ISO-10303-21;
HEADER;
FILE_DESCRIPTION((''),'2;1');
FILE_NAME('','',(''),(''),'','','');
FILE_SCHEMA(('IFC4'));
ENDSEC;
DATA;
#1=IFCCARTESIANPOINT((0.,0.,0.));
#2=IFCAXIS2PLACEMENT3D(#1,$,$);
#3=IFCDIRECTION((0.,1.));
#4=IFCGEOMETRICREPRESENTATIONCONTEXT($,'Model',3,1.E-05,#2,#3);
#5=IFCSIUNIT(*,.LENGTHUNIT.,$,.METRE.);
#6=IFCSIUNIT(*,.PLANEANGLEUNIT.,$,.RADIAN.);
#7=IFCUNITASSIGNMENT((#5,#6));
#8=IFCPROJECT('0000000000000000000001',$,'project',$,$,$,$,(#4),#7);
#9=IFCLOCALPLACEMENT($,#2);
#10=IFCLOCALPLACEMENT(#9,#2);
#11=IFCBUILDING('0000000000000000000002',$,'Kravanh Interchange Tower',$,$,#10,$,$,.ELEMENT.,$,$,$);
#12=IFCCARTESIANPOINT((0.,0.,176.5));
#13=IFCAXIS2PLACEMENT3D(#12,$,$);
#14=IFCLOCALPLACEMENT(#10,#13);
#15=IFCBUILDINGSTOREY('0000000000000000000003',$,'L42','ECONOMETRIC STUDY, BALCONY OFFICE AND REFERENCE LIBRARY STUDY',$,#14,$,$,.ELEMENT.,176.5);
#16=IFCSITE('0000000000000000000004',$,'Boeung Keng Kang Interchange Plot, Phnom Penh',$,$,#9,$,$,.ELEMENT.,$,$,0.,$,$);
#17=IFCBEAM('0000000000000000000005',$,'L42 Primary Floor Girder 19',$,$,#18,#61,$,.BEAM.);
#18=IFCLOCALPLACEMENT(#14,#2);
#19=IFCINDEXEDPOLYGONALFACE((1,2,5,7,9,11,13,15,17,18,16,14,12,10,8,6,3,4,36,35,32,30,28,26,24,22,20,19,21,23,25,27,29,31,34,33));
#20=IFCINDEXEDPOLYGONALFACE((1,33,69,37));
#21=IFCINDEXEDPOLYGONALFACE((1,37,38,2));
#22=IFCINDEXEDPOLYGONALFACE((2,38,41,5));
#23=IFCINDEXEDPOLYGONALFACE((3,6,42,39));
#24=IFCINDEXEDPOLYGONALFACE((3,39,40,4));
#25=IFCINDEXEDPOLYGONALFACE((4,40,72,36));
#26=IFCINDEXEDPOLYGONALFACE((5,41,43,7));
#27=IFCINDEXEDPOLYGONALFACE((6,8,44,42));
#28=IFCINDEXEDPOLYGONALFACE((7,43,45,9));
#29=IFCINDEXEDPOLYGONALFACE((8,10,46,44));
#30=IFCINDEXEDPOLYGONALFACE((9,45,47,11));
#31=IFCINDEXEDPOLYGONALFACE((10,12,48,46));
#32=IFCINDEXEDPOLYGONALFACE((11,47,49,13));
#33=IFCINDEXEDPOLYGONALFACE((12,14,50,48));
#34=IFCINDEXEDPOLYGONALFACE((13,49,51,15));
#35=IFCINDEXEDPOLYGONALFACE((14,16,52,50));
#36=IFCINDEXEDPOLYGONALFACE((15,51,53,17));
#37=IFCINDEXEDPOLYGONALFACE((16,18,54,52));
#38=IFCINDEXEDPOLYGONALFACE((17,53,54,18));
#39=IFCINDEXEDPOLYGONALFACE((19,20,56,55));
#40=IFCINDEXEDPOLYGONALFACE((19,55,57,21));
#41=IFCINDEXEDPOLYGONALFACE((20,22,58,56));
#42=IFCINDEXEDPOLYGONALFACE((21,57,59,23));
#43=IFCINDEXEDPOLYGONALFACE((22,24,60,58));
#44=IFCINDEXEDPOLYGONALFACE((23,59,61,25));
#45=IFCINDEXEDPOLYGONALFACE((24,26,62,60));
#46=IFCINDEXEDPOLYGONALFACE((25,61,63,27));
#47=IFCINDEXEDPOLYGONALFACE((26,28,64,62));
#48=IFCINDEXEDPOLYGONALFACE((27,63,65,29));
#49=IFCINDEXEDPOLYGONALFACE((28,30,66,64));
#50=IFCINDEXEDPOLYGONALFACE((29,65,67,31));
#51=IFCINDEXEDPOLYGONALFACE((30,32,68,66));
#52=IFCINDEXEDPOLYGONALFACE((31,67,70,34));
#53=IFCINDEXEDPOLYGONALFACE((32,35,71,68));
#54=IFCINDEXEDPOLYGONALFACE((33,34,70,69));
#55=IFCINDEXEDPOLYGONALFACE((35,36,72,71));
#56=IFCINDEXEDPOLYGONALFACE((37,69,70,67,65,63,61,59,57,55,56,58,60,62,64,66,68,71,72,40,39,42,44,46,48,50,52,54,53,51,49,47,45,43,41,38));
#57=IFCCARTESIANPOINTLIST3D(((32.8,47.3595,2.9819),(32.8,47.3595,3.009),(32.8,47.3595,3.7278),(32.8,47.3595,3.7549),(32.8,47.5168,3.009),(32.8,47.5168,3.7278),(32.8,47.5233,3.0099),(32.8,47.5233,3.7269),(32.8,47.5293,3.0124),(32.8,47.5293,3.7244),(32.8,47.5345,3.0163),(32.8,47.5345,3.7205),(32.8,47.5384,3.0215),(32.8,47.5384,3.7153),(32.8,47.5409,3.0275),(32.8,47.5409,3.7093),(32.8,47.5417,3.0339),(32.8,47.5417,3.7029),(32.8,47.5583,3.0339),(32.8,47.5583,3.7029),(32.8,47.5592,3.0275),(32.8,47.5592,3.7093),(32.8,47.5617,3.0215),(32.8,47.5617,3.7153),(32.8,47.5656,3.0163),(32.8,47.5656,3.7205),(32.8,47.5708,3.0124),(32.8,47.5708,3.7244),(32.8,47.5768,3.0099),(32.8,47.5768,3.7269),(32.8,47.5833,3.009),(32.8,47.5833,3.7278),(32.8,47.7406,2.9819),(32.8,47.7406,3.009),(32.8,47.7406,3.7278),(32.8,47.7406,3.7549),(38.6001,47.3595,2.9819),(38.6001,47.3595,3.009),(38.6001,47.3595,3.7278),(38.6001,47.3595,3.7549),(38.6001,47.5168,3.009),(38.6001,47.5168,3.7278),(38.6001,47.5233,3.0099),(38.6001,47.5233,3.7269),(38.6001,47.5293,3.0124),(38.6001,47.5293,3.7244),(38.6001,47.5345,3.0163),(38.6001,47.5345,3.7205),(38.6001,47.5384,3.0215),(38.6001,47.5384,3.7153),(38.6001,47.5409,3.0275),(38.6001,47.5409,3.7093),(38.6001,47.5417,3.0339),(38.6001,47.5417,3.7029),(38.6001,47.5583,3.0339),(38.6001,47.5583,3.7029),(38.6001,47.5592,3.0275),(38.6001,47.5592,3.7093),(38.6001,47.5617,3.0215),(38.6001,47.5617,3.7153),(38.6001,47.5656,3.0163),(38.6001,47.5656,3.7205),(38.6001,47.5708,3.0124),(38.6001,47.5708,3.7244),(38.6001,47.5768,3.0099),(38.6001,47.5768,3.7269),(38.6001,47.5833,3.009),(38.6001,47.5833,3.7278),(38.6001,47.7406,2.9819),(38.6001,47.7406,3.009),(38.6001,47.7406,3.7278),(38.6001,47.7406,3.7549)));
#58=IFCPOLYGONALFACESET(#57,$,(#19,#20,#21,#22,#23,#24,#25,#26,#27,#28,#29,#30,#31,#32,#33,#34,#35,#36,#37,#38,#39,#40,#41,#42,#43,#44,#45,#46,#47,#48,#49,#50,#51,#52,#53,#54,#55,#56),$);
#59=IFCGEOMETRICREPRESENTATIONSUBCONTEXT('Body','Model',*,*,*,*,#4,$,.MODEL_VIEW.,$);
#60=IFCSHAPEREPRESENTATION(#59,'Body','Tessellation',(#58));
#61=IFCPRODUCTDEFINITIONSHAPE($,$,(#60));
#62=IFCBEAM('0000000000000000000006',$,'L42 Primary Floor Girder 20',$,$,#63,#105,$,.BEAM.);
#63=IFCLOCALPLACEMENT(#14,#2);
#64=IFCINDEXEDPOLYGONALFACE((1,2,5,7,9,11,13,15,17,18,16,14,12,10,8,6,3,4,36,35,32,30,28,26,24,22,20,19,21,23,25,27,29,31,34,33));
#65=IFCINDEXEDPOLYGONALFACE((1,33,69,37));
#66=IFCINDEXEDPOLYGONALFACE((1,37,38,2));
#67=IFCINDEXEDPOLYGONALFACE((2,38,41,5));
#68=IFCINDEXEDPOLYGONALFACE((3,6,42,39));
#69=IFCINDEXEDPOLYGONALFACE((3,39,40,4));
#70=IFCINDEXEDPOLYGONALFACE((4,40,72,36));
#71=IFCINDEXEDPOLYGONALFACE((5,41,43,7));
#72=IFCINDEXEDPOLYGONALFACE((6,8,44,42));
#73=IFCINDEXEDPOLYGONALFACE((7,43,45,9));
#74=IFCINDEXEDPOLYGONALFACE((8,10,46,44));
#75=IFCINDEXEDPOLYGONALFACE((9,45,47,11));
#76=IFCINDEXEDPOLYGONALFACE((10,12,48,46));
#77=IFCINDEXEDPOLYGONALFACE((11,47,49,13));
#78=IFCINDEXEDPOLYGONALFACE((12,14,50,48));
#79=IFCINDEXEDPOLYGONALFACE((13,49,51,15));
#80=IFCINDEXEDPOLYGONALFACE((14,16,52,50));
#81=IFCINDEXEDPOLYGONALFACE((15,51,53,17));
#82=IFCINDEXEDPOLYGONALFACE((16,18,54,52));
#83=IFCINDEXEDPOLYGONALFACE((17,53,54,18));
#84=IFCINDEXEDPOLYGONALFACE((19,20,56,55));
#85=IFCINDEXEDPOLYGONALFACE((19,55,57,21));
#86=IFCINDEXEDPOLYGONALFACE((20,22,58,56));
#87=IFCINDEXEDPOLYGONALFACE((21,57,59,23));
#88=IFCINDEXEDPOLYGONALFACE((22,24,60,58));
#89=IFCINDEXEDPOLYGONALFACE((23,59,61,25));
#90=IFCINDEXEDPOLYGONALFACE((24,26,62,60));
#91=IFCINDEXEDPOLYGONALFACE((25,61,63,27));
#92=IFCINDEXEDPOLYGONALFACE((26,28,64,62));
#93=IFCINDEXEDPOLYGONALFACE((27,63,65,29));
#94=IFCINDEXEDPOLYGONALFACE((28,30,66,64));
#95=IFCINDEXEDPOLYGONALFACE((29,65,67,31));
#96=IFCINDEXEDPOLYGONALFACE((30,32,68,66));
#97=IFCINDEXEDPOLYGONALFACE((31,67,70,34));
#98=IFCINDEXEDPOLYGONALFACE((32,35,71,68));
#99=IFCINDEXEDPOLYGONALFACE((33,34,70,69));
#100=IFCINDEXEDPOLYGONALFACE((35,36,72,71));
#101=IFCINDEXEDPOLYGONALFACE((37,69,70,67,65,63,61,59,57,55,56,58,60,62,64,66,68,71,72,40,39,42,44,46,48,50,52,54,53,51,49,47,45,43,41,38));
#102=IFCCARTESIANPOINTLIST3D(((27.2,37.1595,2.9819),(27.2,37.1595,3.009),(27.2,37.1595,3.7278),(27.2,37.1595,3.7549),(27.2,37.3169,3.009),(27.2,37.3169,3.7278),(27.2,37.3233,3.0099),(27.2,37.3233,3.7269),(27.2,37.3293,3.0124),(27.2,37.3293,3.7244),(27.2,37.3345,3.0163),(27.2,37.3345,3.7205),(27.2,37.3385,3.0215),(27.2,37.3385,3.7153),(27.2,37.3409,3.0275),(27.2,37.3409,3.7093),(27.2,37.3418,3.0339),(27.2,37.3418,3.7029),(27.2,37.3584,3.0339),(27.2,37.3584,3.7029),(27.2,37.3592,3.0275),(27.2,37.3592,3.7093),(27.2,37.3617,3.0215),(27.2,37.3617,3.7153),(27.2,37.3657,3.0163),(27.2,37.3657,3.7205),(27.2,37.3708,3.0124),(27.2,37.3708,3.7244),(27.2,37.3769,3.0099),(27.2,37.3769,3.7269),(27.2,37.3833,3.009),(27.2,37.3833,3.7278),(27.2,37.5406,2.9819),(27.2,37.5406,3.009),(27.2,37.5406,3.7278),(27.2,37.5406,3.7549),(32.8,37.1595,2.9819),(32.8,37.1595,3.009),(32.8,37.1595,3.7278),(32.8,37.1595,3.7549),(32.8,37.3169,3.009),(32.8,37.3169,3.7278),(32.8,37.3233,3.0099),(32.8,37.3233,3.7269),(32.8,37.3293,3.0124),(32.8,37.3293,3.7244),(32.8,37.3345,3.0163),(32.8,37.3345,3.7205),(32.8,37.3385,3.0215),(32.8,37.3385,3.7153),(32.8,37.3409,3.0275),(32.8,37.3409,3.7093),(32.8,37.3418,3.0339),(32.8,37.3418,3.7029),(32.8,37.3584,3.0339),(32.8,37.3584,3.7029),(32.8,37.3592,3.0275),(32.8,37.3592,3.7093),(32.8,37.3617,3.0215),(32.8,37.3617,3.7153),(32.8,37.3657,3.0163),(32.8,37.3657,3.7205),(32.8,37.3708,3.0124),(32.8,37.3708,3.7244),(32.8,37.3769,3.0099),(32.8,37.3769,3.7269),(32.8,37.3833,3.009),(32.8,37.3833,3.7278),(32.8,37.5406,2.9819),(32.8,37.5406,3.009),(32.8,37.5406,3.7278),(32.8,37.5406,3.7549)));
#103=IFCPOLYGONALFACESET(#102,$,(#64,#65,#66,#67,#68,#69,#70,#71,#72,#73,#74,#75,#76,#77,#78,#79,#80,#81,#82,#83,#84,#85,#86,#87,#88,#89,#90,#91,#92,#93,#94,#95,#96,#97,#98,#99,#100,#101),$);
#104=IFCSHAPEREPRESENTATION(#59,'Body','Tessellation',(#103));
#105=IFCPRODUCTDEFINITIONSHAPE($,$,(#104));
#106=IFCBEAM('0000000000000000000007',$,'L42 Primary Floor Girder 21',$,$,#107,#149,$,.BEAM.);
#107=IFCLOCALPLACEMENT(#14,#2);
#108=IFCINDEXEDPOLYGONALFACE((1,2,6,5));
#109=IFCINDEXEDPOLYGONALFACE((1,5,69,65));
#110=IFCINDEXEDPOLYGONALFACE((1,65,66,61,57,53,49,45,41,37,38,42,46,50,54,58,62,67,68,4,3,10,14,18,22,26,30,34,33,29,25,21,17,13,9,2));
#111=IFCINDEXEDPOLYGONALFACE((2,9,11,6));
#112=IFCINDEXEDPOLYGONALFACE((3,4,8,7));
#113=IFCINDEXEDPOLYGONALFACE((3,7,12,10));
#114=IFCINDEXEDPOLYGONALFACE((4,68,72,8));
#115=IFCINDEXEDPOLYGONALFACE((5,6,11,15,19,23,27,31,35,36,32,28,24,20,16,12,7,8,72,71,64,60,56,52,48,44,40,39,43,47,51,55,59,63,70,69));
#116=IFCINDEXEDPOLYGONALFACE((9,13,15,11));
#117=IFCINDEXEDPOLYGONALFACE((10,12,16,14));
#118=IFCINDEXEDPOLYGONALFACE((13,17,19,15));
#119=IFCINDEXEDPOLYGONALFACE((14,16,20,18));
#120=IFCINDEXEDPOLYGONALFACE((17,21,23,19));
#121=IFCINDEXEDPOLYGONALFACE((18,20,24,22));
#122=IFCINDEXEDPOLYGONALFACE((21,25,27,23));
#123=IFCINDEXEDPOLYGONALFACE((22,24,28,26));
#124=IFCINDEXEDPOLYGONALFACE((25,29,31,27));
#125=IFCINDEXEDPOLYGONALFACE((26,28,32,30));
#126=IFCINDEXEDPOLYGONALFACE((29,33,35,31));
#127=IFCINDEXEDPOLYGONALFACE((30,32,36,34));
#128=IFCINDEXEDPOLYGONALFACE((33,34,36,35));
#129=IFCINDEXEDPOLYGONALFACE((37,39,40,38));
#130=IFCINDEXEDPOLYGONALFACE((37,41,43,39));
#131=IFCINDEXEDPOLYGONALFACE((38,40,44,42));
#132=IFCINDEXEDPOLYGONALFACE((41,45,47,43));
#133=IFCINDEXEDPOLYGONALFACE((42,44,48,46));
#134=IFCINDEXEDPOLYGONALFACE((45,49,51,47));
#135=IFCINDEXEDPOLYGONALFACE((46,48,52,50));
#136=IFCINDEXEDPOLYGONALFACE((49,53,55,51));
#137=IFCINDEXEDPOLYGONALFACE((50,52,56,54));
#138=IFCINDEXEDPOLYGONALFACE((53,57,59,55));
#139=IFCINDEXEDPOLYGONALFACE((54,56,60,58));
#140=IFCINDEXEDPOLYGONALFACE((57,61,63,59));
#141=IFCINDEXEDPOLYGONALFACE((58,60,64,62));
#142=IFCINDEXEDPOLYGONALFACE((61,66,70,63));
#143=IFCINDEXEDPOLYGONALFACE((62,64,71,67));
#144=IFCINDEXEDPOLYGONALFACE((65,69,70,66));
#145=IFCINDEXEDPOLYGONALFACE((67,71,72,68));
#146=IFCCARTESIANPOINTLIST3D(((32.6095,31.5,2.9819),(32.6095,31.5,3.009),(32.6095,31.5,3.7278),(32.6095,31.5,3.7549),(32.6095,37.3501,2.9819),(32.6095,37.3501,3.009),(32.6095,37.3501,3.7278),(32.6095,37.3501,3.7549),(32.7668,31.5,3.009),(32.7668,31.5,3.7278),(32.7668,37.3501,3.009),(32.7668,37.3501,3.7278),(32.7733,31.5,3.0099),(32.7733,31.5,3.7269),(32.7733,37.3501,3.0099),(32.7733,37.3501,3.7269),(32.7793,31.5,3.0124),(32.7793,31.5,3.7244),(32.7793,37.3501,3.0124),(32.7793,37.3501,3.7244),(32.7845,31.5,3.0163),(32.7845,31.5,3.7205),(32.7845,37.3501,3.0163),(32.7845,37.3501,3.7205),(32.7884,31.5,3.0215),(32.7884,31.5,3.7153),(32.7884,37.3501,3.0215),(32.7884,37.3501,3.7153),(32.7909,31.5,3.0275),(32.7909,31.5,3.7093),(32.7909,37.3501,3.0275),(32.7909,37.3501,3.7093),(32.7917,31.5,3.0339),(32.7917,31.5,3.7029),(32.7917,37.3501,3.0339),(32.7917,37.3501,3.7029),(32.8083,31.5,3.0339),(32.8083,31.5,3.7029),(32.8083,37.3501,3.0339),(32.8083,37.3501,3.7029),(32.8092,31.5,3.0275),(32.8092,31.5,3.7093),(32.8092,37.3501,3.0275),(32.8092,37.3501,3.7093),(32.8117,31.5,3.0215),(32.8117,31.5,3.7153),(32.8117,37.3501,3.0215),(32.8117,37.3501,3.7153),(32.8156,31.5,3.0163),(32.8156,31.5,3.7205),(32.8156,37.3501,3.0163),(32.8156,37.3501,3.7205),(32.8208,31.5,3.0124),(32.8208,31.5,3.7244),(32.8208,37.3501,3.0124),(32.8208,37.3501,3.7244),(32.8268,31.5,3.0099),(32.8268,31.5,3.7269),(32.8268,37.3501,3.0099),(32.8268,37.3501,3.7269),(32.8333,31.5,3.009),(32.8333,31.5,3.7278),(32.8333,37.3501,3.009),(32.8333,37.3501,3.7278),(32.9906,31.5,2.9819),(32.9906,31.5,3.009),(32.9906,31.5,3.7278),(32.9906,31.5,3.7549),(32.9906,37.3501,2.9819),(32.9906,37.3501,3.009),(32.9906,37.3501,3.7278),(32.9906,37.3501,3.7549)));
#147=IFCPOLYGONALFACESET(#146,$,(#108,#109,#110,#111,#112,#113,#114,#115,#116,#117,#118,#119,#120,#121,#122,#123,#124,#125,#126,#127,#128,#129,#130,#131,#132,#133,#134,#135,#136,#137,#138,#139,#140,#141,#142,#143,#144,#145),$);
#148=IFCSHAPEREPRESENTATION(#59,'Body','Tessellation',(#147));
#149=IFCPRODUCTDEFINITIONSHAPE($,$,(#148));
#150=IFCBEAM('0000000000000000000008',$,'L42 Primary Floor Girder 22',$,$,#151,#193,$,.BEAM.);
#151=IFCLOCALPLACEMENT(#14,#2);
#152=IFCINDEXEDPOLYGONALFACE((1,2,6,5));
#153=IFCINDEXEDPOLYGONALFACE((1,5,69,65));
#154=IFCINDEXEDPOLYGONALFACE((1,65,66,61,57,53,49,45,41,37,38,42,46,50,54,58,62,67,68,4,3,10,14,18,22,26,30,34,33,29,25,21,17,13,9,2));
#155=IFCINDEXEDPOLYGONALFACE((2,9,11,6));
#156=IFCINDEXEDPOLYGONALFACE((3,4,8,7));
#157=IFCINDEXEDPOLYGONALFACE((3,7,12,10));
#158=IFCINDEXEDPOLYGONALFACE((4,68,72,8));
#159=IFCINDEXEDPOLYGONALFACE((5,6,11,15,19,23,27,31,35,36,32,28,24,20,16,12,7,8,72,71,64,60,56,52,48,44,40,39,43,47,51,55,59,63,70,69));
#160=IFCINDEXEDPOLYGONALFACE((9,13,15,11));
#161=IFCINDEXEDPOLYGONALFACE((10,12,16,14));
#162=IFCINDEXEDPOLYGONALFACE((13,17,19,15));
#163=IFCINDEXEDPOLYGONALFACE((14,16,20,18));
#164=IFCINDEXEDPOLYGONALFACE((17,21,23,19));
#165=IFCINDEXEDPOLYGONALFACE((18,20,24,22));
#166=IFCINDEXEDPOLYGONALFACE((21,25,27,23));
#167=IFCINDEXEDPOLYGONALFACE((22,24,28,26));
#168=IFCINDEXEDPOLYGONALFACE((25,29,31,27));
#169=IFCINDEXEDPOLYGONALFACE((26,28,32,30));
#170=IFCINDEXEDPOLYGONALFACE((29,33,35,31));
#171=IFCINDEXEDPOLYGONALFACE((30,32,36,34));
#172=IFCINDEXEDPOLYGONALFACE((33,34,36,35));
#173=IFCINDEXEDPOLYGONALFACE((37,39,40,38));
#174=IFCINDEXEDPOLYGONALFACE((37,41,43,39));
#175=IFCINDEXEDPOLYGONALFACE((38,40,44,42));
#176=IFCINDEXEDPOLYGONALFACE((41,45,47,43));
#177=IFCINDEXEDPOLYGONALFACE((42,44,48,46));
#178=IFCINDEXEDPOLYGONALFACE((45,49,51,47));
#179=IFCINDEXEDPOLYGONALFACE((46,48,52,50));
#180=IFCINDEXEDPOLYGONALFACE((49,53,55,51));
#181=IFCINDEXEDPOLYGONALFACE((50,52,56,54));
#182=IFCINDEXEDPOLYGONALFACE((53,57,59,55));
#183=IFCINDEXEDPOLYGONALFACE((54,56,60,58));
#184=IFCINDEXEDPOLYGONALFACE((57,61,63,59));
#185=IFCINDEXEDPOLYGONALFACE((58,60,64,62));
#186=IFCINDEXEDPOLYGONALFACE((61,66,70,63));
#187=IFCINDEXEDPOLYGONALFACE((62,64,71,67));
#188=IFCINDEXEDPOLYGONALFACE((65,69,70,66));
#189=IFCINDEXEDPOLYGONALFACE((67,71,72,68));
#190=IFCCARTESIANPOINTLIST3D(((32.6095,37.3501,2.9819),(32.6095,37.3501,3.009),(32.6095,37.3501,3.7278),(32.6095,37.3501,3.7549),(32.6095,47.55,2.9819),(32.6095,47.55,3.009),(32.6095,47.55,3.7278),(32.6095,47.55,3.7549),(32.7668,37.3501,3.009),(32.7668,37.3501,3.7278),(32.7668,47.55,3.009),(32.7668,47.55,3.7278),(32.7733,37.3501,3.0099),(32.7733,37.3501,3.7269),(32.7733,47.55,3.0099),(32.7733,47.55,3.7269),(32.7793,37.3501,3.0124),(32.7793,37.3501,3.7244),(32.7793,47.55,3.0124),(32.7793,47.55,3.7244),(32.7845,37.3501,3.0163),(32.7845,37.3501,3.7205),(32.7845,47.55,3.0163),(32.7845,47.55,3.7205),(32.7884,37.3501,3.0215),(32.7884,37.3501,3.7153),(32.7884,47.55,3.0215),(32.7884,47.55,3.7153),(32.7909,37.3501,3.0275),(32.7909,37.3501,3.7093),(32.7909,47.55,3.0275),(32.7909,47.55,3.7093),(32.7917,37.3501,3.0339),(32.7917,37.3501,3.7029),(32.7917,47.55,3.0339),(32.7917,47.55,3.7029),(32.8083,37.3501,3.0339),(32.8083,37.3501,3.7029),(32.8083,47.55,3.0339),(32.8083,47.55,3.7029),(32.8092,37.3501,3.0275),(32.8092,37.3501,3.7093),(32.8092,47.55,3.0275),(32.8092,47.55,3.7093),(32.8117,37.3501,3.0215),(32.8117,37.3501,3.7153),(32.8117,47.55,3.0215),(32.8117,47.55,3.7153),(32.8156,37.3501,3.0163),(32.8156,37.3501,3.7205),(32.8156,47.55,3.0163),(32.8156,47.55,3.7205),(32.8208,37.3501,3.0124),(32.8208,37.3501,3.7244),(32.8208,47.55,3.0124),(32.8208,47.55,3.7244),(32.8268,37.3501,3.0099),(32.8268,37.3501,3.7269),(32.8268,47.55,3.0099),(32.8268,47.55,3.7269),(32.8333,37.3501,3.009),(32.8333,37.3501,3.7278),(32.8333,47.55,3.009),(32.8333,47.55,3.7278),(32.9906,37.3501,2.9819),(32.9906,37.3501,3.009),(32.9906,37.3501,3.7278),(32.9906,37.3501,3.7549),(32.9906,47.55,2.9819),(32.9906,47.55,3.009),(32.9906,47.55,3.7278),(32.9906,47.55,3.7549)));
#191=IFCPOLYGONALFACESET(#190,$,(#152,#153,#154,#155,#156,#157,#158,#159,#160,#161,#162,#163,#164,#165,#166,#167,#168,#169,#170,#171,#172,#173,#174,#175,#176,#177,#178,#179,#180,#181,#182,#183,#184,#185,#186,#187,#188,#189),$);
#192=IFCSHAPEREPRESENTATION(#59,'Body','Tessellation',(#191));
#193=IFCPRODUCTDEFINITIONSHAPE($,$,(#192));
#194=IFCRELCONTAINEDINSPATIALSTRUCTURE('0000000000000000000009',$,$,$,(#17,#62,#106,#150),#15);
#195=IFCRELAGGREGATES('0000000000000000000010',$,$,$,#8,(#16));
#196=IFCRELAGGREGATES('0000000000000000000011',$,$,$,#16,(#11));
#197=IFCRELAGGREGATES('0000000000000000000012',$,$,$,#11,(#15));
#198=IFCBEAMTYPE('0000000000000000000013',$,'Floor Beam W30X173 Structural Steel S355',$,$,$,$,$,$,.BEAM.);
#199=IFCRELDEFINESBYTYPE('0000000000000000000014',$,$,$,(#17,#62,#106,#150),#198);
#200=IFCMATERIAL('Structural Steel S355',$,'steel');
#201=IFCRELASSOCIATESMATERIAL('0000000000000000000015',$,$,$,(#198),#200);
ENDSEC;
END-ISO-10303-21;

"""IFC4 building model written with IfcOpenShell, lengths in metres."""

from ifc_helpers import new_model, si_unit, direction, frame, origin, origin_2d, place, context, subcontext, project, spatial, i_section, extrude, material, material_profile, profile_set, type_object, element, save


model = new_model("IFC4")

# Units and contexts
model_context = context("Model", 3, precision=1e-05, world=origin(), true_north=direction((0.0, 1.0)))
body_context = subcontext(model_context, "Body", "Model", "MODEL_VIEW")
ifc_project = project(units=[si_unit("LENGTHUNIT", "METRE"), si_unit("PLANEANGLEUNIT", "RADIAN")], contexts=[model_context])

# Site, building, storey
site_placement = place(None, origin())
site = spatial("IfcSite", under=ifc_project, at=site_placement, Name="Boeung Keng Kang Interchange Plot, Phnom Penh", CompositionType="ELEMENT", RefElevation=0.0)
building_placement = place(site_placement, origin())
building = spatial("IfcBuilding", under=site, at=building_placement, Name="Kravanh Interchange Tower", CompositionType="ELEMENT")
storey_placement = place(building_placement, frame((0.0, 0.0, 176.5)))
storey = spatial("IfcBuildingStorey", under=building, at=storey_placement, Name="L42", Description="ECONOMETRIC STUDY, BALCONY OFFICE AND REFERENCE LIBRARY STUDY", CompositionType="ELEMENT", Elevation=176.5)

# Beams
ifc_material_1 = material(Name="Structural Steel S355", Category="steel")
ifc_material_profile_1 = material_profile(ifc_material_1, i_section(OverallWidth=0.3811, OverallDepth=0.7729, WebThickness=0.0166, FlangeThickness=0.0271, FilletRadius=0.0249, at=origin_2d()), Name="W30X173")
ifc_profile_set_1 = profile_set([ifc_material_profile_1], Name="Structural Steel S355")
beam_type = type_object("IfcBeamType", Name="Floor Beam W30X173 Structural Steel S355", PredefinedType="BEAM", material=ifc_profile_set_1)
beam_1_placement = place(storey_placement, frame((38.6001, 47.55, 3.3684), z_axis=(-1.0, 0.0, 0.0), x_axis=(0.0, -1.0, 0.0)))
element("IfcBeam", 1, at=beam_1_placement, inside=storey, type_object=beam_type, Name="L42 Primary Floor Girder 19", PredefinedType="BEAM", context=body_context, shape_type="SweptSolid", body=[
    extrude(i_section(OverallWidth=0.3811, OverallDepth=0.7729, WebThickness=0.0166, FlangeThickness=0.0271, FilletRadius=0.0249, at=origin_2d()), origin(), (0.0, 0.0, 1.0), 5.8),
])
beam_2_placement = place(storey_placement, frame((32.8, 37.3501, 3.3684), z_axis=(-1.0, 0.0, 0.0), x_axis=(0.0, -1.0, 0.0)))
element("IfcBeam", 2, at=beam_2_placement, inside=storey, type_object=beam_type, Name="L42 Primary Floor Girder 20", PredefinedType="BEAM", context=body_context, shape_type="SweptSolid", body=[
    extrude(i_section(OverallWidth=0.3811, OverallDepth=0.7729, WebThickness=0.0166, FlangeThickness=0.0271, FilletRadius=0.0249, at=origin_2d()), origin(), (0.0, 0.0, 1.0), 5.6001),
])
beam_3_placement = place(storey_placement, frame((32.8, 37.3501, 3.3684), z_axis=(0.0, -1.0, 0.0), x_axis=(1.0, 0.0, 0.0)))
element("IfcBeam", 3, at=beam_3_placement, inside=storey, type_object=beam_type, Name="L42 Primary Floor Girder 21", PredefinedType="BEAM", context=body_context, shape_type="SweptSolid", body=[
    extrude(i_section(OverallWidth=0.3811, OverallDepth=0.7729, WebThickness=0.0166, FlangeThickness=0.0271, FilletRadius=0.0249, at=origin_2d()), origin(), (0.0, 0.0, 1.0), 5.8501),
])
beam_4_placement = place(storey_placement, frame((32.8, 37.3501, 3.3684), z_axis=(0.0, 1.0, 0.0), x_axis=(-1.0, 0.0, 0.0)))
element("IfcBeam", 4, at=beam_4_placement, inside=storey, type_object=beam_type, Name="L42 Primary Floor Girder 22", PredefinedType="BEAM", context=body_context, shape_type="SweptSolid", body=[
    extrude(i_section(OverallWidth=0.3811, OverallDepth=0.7729, WebThickness=0.0166, FlangeThickness=0.0271, FilletRadius=0.0249, at=origin_2d()), origin(), (0.0, 0.0, 1.0), 10.2),
])

save(model, "model.ifc")
